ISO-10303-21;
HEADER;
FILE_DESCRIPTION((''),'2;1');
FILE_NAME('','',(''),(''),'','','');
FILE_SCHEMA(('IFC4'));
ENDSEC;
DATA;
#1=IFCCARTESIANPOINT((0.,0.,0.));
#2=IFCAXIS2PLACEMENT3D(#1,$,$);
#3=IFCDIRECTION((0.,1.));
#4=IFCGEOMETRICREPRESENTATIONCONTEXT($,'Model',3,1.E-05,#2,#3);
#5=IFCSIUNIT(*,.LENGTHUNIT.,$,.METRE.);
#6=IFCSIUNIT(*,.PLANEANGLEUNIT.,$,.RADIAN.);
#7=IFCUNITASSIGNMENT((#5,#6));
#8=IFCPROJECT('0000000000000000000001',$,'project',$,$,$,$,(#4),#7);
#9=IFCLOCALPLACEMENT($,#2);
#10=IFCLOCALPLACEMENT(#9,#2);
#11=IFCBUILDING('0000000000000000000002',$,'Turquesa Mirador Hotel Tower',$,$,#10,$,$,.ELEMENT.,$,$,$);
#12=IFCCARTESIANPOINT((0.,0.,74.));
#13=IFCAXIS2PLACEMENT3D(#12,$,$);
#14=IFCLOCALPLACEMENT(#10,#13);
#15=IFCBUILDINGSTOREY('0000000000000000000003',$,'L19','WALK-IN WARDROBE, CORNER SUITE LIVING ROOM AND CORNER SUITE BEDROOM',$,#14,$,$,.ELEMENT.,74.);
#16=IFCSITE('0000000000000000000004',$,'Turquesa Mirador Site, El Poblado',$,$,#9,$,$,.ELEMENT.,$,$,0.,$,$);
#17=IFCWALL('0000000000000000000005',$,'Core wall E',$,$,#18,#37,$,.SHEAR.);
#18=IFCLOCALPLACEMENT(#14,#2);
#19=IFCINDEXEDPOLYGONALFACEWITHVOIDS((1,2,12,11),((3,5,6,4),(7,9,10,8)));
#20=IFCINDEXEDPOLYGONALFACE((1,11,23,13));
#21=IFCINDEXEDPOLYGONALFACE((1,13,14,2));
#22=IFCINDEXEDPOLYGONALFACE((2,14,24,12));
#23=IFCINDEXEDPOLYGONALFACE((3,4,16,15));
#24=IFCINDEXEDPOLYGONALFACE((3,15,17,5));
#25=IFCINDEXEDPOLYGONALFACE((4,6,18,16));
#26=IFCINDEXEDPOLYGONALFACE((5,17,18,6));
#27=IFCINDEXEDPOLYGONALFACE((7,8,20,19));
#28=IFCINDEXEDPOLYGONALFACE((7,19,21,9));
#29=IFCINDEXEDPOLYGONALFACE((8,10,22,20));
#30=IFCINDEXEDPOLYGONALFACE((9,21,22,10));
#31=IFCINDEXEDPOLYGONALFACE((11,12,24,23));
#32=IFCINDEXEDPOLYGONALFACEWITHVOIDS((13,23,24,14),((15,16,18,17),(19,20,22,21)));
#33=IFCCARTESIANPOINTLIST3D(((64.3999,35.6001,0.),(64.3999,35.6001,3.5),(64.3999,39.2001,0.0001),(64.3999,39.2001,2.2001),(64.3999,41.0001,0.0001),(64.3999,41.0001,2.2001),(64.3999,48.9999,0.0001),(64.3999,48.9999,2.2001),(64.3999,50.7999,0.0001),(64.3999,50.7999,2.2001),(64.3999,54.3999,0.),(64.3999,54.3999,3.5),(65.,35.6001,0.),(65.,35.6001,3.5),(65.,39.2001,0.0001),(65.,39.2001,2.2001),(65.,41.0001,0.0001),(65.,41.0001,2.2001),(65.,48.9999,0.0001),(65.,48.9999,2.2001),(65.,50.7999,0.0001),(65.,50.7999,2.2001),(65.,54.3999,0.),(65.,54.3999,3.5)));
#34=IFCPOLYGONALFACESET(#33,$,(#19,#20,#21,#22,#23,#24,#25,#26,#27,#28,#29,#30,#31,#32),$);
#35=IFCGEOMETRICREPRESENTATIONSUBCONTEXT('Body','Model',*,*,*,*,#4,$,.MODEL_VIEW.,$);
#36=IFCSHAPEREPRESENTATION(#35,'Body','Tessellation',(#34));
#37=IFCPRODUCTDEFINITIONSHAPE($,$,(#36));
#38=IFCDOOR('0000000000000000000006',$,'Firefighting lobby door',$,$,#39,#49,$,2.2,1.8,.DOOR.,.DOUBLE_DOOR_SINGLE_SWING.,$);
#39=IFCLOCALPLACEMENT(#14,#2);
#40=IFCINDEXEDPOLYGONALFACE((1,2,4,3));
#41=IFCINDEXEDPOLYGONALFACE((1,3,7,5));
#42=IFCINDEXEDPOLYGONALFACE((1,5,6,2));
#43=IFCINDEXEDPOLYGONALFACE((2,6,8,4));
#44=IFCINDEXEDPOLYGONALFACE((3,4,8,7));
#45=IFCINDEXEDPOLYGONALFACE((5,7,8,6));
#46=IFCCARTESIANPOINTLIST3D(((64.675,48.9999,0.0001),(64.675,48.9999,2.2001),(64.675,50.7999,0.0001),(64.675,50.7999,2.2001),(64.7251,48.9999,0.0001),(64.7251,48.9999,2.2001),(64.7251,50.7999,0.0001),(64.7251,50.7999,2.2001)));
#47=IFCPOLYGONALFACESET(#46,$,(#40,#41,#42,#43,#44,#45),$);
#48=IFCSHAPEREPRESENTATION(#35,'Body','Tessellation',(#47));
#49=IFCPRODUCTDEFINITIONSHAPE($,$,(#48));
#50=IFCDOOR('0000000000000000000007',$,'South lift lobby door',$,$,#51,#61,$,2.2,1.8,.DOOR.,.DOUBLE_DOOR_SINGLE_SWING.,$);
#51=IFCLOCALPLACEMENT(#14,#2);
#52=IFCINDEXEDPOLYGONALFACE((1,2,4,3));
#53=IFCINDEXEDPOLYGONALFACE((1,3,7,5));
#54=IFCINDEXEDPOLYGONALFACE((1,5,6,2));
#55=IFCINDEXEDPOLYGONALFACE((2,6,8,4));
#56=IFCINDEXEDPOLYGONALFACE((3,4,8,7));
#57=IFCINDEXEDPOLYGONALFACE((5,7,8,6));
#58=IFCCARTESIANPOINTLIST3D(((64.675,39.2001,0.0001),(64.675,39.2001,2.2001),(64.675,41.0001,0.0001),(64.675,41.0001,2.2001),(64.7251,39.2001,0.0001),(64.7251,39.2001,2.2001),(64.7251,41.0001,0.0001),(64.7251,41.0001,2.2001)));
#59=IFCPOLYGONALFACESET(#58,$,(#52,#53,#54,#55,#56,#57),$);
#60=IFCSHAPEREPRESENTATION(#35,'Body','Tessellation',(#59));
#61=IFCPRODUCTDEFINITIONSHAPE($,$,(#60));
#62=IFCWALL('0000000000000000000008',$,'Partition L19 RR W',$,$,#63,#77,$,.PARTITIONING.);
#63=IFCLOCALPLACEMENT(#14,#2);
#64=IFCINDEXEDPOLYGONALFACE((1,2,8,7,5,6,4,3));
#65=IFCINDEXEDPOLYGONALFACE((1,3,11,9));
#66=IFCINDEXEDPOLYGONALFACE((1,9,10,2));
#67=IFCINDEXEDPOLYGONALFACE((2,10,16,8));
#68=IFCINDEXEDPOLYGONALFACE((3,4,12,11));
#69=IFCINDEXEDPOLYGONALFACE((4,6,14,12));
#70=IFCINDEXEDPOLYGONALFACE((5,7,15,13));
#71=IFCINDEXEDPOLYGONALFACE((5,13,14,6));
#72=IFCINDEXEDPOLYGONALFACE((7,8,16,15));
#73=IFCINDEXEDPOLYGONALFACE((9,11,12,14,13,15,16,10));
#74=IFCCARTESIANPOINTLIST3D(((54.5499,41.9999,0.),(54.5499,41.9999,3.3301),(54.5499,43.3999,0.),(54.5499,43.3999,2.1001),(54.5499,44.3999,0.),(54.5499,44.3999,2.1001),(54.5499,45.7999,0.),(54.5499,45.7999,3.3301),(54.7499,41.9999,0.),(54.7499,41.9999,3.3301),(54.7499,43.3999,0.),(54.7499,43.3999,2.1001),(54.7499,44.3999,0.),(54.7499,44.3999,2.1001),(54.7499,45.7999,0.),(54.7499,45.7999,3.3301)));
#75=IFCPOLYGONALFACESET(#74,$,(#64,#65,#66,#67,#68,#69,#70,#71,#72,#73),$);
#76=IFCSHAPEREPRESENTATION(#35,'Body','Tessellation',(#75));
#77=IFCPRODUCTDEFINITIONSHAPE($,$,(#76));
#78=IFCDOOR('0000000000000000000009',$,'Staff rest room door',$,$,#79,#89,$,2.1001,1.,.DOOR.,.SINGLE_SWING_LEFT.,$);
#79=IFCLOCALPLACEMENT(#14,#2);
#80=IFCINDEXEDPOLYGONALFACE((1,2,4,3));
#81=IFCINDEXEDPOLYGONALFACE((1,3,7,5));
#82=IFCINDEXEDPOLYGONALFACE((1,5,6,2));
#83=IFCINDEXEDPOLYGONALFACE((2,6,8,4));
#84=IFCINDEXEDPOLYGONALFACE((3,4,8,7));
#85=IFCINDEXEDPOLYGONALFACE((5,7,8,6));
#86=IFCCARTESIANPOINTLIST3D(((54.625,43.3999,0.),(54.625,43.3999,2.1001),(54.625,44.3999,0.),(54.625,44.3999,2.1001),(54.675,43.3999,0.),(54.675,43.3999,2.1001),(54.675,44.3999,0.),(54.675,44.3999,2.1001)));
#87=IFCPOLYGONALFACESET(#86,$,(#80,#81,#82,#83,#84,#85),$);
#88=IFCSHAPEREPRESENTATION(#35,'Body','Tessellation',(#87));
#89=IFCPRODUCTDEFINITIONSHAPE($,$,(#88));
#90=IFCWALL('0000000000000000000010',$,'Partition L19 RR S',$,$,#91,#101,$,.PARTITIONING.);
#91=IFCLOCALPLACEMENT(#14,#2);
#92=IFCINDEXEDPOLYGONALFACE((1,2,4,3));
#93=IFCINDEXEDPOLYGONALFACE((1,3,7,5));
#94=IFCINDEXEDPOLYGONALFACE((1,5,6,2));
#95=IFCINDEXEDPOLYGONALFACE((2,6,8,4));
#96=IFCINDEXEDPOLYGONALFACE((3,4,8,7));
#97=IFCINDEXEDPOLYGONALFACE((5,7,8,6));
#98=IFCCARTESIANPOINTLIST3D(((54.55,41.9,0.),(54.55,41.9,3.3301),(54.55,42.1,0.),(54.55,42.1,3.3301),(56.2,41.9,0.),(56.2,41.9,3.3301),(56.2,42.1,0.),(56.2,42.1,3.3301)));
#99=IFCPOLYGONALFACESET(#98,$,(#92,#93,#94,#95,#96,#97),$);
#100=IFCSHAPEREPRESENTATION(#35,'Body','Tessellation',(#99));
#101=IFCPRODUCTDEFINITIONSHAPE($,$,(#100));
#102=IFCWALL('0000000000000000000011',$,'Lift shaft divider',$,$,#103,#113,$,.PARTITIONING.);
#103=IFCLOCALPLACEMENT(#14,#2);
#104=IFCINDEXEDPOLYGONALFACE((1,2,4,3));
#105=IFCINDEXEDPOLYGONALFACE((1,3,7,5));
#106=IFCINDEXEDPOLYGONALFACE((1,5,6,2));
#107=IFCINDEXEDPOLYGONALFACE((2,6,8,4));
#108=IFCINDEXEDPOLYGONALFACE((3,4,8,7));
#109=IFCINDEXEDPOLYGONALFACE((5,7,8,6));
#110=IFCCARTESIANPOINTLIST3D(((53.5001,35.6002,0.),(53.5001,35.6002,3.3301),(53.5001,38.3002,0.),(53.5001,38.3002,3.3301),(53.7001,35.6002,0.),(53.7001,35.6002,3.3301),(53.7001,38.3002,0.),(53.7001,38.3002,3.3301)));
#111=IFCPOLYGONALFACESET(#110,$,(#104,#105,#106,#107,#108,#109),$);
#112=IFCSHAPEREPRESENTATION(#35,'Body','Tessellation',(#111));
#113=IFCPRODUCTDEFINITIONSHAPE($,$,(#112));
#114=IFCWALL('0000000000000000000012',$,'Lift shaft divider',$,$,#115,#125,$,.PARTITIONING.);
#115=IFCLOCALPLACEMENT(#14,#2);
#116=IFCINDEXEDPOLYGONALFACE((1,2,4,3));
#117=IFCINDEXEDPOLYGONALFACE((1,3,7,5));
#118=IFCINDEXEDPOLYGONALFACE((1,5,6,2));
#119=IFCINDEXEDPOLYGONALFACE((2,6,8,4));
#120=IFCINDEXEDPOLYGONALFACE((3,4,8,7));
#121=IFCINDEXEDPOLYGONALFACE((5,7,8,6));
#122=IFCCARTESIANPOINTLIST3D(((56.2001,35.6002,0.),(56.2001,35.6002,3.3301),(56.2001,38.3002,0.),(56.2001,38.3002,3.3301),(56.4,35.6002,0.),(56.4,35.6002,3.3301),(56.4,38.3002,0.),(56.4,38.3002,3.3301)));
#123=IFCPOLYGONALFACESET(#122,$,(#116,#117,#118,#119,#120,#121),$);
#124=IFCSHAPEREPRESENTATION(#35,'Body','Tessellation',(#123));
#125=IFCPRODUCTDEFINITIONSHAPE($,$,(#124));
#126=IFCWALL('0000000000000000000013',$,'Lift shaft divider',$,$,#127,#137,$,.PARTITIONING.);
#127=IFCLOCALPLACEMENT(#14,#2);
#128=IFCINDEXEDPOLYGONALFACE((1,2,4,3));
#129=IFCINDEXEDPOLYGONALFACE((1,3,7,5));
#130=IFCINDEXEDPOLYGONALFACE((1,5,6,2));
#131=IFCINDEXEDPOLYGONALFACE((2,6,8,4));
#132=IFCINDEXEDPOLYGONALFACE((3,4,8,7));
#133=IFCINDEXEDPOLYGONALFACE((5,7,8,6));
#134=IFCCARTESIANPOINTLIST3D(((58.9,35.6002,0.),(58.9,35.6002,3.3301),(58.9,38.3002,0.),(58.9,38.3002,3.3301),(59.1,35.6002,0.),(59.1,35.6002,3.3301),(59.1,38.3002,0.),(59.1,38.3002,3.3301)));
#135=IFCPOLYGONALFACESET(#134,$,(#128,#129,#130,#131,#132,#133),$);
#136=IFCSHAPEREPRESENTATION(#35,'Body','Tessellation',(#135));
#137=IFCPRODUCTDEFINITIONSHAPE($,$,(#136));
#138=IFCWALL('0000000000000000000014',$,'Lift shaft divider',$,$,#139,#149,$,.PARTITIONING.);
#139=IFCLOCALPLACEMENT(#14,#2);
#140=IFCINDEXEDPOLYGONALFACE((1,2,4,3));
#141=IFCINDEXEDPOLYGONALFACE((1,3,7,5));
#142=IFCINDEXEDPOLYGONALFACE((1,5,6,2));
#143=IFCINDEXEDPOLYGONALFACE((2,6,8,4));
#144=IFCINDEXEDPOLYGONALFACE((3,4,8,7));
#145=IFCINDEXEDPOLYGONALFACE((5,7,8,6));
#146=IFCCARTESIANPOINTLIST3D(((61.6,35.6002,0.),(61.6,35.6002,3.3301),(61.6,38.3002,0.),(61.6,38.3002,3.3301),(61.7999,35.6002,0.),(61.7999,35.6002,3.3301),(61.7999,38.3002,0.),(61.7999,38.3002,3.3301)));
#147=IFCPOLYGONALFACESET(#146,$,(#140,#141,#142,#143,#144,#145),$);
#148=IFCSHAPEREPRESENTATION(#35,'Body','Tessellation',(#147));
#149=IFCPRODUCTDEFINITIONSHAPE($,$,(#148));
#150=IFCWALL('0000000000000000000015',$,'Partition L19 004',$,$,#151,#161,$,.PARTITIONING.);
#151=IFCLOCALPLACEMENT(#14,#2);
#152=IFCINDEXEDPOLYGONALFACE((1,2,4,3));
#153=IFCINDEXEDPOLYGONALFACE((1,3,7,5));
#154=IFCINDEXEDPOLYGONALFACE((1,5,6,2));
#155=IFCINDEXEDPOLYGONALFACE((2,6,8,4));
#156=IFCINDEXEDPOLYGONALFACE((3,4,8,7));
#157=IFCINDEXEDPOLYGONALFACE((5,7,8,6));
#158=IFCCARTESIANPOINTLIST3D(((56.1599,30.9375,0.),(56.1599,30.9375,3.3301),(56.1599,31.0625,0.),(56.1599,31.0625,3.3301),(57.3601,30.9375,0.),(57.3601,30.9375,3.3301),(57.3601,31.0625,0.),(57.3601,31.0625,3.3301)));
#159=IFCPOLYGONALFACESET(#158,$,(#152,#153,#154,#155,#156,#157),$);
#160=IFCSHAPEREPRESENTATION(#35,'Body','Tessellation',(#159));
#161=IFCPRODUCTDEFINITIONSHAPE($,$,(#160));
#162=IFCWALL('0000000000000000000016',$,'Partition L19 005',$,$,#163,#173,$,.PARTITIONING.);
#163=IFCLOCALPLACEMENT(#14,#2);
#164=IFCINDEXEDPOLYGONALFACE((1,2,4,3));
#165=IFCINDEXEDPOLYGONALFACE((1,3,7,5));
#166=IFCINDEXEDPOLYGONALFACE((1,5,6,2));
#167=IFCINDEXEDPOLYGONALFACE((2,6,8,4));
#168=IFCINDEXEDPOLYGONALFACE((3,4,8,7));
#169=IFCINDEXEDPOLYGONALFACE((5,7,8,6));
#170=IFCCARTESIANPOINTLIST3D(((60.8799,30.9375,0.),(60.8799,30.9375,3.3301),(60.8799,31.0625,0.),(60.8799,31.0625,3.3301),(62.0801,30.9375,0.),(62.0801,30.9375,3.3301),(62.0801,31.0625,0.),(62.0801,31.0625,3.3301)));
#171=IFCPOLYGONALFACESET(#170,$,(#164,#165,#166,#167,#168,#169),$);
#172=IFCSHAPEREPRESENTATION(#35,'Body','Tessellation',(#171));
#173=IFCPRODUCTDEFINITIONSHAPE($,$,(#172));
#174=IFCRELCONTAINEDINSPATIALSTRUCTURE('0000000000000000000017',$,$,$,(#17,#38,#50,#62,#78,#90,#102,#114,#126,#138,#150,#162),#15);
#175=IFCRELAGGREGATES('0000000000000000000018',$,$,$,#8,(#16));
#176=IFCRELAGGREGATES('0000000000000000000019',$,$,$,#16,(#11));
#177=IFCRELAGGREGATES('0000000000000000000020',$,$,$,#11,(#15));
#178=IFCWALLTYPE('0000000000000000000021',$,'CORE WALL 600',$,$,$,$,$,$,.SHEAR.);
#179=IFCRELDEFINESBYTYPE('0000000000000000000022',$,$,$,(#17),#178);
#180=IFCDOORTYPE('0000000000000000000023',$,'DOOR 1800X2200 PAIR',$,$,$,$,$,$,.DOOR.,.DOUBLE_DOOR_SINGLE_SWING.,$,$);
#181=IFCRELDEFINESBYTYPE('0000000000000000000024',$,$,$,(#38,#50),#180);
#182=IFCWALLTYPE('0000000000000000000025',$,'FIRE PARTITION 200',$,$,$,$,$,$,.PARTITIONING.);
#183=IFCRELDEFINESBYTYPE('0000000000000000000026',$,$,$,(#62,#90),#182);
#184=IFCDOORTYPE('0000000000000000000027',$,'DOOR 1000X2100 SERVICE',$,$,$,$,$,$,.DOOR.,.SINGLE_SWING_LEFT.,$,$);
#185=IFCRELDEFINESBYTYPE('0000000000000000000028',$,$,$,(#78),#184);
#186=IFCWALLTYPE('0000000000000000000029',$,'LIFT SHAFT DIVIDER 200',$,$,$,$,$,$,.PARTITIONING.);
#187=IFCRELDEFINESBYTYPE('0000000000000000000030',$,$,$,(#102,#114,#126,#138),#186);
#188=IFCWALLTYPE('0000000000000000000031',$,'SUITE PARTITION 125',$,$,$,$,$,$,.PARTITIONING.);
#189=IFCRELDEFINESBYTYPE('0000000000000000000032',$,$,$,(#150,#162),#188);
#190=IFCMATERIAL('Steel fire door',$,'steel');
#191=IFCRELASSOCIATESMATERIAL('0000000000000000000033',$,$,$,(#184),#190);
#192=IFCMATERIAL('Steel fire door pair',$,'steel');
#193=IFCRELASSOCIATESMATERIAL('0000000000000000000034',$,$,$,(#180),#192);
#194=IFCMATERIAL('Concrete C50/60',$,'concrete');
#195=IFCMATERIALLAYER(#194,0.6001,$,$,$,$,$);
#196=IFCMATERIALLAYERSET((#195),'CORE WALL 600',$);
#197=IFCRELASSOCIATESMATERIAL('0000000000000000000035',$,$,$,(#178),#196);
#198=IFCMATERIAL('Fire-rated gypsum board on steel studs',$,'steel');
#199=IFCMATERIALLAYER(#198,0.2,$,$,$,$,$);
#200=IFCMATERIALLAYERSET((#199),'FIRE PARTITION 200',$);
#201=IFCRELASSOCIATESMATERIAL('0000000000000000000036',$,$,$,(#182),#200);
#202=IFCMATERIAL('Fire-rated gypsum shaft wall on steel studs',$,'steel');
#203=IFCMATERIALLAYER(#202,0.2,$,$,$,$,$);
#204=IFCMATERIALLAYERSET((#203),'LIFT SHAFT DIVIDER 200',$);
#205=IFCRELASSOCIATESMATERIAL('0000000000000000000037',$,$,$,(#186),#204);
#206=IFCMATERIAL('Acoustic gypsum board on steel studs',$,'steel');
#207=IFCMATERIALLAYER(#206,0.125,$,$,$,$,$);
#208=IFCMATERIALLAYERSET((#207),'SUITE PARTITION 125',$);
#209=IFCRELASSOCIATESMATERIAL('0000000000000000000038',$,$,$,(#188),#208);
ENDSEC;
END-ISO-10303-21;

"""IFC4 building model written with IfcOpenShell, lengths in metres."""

from ifc_helpers import new_model, si_unit, direction, frame, frame_2d, origin, place, context, subcontext, project, spatial, rectangle, extrude, material, layer, layer_set, type_object, element, fill, save


model = new_model("IFC4")

# Units and contexts
model_context = context("Model", 3, precision=1e-05, world=origin(), true_north=direction((0.0, 1.0)))
body_context = subcontext(model_context, "Body", "Model", "MODEL_VIEW")
ifc_project = project(units=[si_unit("LENGTHUNIT", "METRE"), si_unit("PLANEANGLEUNIT", "RADIAN")], contexts=[model_context])

# Site, building, storey
site_placement = place(None, origin())
site = spatial("IfcSite", under=ifc_project, at=site_placement, Name="Turquesa Mirador Site, El Poblado", CompositionType="ELEMENT", RefElevation=0.0)
building_placement = place(site_placement, origin())
building = spatial("IfcBuilding", under=site, at=building_placement, Name="Turquesa Mirador Hotel Tower", CompositionType="ELEMENT")
storey_placement = place(building_placement, frame((0.0, 0.0, 74.0)))
storey = spatial("IfcBuildingStorey", under=building, at=storey_placement, Name="L19", Description="WALK-IN WARDROBE, CORNER SUITE LIVING ROOM AND CORNER SUITE BEDROOM", CompositionType="ELEMENT", Elevation=74.0)

# Shared definitions
ifc_material_1 = material(Name="Steel fire door", Category="steel")
door_type_1 = type_object("IfcDoorType", Name="DOOR 1000X2100 SERVICE", OperationType="SINGLE_SWING_LEFT", PredefinedType="DOOR", material=ifc_material_1)
ifc_material_2 = material(Name="Steel fire door pair", Category="steel")
door_type_2 = type_object("IfcDoorType", Name="DOOR 1800X2200 PAIR", OperationType="DOUBLE_DOOR_SINGLE_SWING", PredefinedType="DOOR", material=ifc_material_2)

# Wall, openings, doors
ifc_material_3 = material(Name="Concrete C50/60", Category="concrete")
ifc_layer_1 = layer(ifc_material_3, 0.6001)
ifc_layer_set_1 = layer_set([ifc_layer_1], Name="CORE WALL 600")
wall_type_1 = type_object("IfcWallType", Name="CORE WALL 600", PredefinedType="SHEAR", material=ifc_layer_set_1)
wall_1_placement = place(storey_placement, frame((64.7, 35.6001, 0.0), z_axis=(0.0, 0.0, 1.0), x_axis=(0.0, 1.0, 0.0)))
wall_1 = element("IfcWall", 1, at=wall_1_placement, inside=storey, type_object=wall_type_1, Name="Core wall E", PredefinedType="SHEAR", context=body_context, shape_type="SweptSolid", body=[
    extrude(rectangle(XDim=18.7998, YDim=0.6001, at=frame_2d((9.3999, 0.0))), origin(), (0.0, 0.0, 1.0), 3.5),
])
opening_1_placement = place(wall_1_placement, frame((13.3999, 0.0, 0.0)))
opening_1 = element("IfcOpeningElement", 2, at=opening_1_placement, cuts=wall_1, PredefinedType="OPENING", context=body_context, shape_type="SweptSolid", body=[
    extrude(rectangle(XDim=1.8, YDim=2.2, at=frame_2d((0.8999, 1.1001))), frame((0.0, 0.3101, 0.0), z_axis=(0.0, -1.0, 0.0), x_axis=(1.0, 0.0, 0.0)), (0.0, 0.0, 1.0), 0.6201),
])
opening_2_placement = place(wall_1_placement, frame((3.6001, 0.0, 0.0)))
opening_2 = element("IfcOpeningElement", 3, at=opening_2_placement, cuts=wall_1, PredefinedType="OPENING", context=body_context, shape_type="SweptSolid", body=[
    extrude(rectangle(XDim=1.8, YDim=2.2, at=frame_2d((0.8999, 1.1001))), frame((0.0, 0.3101, 0.0), z_axis=(0.0, -1.0, 0.0), x_axis=(1.0, 0.0, 0.0)), (0.0, 0.0, 1.0), 0.6201),
])
door_1_placement = place(opening_1_placement, origin())
door_1 = element("IfcDoor", 4, at=door_1_placement, inside=storey, type_object=door_type_2, Name="Firefighting lobby door", OperationType="DOUBLE_DOOR_SINGLE_SWING", OverallHeight=2.2, OverallWidth=1.8, PredefinedType="DOOR", context=body_context, shape_type="SweptSolid", body=[
    extrude(rectangle(XDim=1.8, YDim=2.2, at=frame_2d((0.8999, 1.1001))), frame((0.0, 0.0249, 0.0), z_axis=(0.0, -1.0, 0.0), x_axis=(1.0, 0.0, 0.0)), (0.0, 0.0, 1.0), 0.05),
])
fill(opening_1, door_1)
door_2_placement = place(opening_2_placement, origin())
door_2 = element("IfcDoor", 5, at=door_2_placement, inside=storey, type_object=door_type_2, Name="South lift lobby door", OperationType="DOUBLE_DOOR_SINGLE_SWING", OverallHeight=2.2, OverallWidth=1.8, PredefinedType="DOOR", context=body_context, shape_type="SweptSolid", body=[
    extrude(rectangle(XDim=1.8, YDim=2.2, at=frame_2d((0.8999, 1.1001))), frame((0.0, 0.0249, 0.0), z_axis=(0.0, -1.0, 0.0), x_axis=(1.0, 0.0, 0.0)), (0.0, 0.0, 1.0), 0.05),
])
fill(opening_2, door_2)

# Wall, opening, door
ifc_material_4 = material(Name="Fire-rated gypsum board on steel studs", Category="steel")
ifc_layer_2 = layer(ifc_material_4, 0.2)
ifc_layer_set_2 = layer_set([ifc_layer_2], Name="FIRE PARTITION 200")
wall_type_2 = type_object("IfcWallType", Name="FIRE PARTITION 200", PredefinedType="PARTITIONING", material=ifc_layer_set_2)
wall_2_placement = place(storey_placement, frame((54.6499, 42.0, 0.0), z_axis=(0.0, 0.0, 1.0), x_axis=(0.0, 1.0, 0.0)))
wall_2 = element("IfcWall", 6, at=wall_2_placement, inside=storey, type_object=wall_type_2, Name="Partition L19 RR W", PredefinedType="PARTITIONING", context=body_context, shape_type="SweptSolid", body=[
    extrude(rectangle(XDim=3.8, YDim=0.2, at=frame_2d((1.8999, 0.0))), origin(), (0.0, 0.0, 1.0), 3.3301),
])
opening_3_placement = place(wall_2_placement, frame((1.3999, 0.0, 0.0)))
opening_3 = element("IfcOpeningElement", 7, at=opening_3_placement, cuts=wall_2, PredefinedType="OPENING", context=body_context, shape_type="SweptSolid", body=[
    extrude(rectangle(XDim=1.0, YDim=2.1001, at=frame_2d((0.5, 1.05))), frame((0.0, 0.1099, 0.0), z_axis=(0.0, -1.0, 0.0), x_axis=(1.0, 0.0, 0.0)), (0.0, 0.0, 1.0), 0.22),
])
door_3_placement = place(opening_3_placement, origin())
door_3 = element("IfcDoor", 8, at=door_3_placement, inside=storey, type_object=door_type_1, Name="Staff rest room door", OperationType="SINGLE_SWING_LEFT", OverallHeight=2.1001, OverallWidth=1.0, PredefinedType="DOOR", context=body_context, shape_type="SweptSolid", body=[
    extrude(rectangle(XDim=1.0, YDim=2.1001, at=frame_2d((0.5, 1.05))), frame((0.0, 0.0249, 0.0), z_axis=(0.0, -1.0, 0.0), x_axis=(1.0, 0.0, 0.0)), (0.0, 0.0, 1.0), 0.05),
])
fill(opening_3, door_3)

# Walls
wall_3_placement = place(storey_placement, frame((54.55, 42.0, 0.0), z_axis=(0.0, 0.0, 1.0), x_axis=(1.0, 0.0, 0.0)))
element("IfcWall", 9, at=wall_3_placement, inside=storey, type_object=wall_type_2, Name="Partition L19 RR S", PredefinedType="PARTITIONING", context=body_context, shape_type="SweptSolid", body=[
    extrude(rectangle(XDim=1.6499, YDim=0.2, at=frame_2d((0.825, 0.0))), origin(), (0.0, 0.0, 1.0), 3.3301),
])
ifc_material_5 = material(Name="Fire-rated gypsum shaft wall on steel studs", Category="steel")
ifc_layer_3 = layer(ifc_material_5, 0.2)
ifc_layer_set_3 = layer_set([ifc_layer_3], Name="LIFT SHAFT DIVIDER 200")
wall_type_3 = type_object("IfcWallType", Name="LIFT SHAFT DIVIDER 200", PredefinedType="PARTITIONING", material=ifc_layer_set_3)
for number, where, z_axis, x_axis, name in (
    (10, (53.6001, 35.6001, 0.0), (0.0, 0.0, 1.0), (0.0, 1.0, 0.0), "Lift shaft divider"),
    (11, (56.3, 35.6001, 0.0), (0.0, 0.0, 1.0), (0.0, 1.0, 0.0), "Lift shaft divider"),
    (12, (59.0, 35.6001, 0.0), (0.0, 0.0, 1.0), (0.0, 1.0, 0.0), "Lift shaft divider"),
    (13, (61.7, 35.6001, 0.0), (0.0, 0.0, 1.0), (0.0, 1.0, 0.0), "Lift shaft divider"),
):
    element("IfcWall", number, at=place(storey_placement, frame(where, z_axis=z_axis, x_axis=x_axis)), inside=storey, type_object=wall_type_3, Name=name, PredefinedType="PARTITIONING", context=body_context, shape_type="SweptSolid", body=[
        extrude(rectangle(XDim=2.7, YDim=0.2, at=frame_2d((1.3501, 0.0))), origin(), (0.0, 0.0, 1.0), 3.3301),
    ])
ifc_material_6 = material(Name="Acoustic gypsum board on steel studs", Category="steel")
ifc_layer_4 = layer(ifc_material_6, 0.125)
ifc_layer_set_4 = layer_set([ifc_layer_4], Name="SUITE PARTITION 125")
wall_type_4 = type_object("IfcWallType", Name="SUITE PARTITION 125", PredefinedType="PARTITIONING", material=ifc_layer_set_4)
for number, where, z_axis, x_axis, name in (
    (14, (56.1599, 31.0, 0.0), (0.0, 0.0, 1.0), (1.0, 0.0, 0.0), "Partition L19 004"),
    (15, (60.8799, 31.0, 0.0), (0.0, 0.0, 1.0), (1.0, 0.0, 0.0), "Partition L19 005"),
):
    element("IfcWall", number, at=place(storey_placement, frame(where, z_axis=z_axis, x_axis=x_axis)), inside=storey, type_object=wall_type_4, Name=name, PredefinedType="PARTITIONING", context=body_context, shape_type="SweptSolid", body=[
        extrude(rectangle(XDim=1.2002, YDim=0.125, at=frame_2d((0.6001, 0.0))), origin(), (0.0, 0.0, 1.0), 3.3301),
    ])

save(model, "model.ifc")
